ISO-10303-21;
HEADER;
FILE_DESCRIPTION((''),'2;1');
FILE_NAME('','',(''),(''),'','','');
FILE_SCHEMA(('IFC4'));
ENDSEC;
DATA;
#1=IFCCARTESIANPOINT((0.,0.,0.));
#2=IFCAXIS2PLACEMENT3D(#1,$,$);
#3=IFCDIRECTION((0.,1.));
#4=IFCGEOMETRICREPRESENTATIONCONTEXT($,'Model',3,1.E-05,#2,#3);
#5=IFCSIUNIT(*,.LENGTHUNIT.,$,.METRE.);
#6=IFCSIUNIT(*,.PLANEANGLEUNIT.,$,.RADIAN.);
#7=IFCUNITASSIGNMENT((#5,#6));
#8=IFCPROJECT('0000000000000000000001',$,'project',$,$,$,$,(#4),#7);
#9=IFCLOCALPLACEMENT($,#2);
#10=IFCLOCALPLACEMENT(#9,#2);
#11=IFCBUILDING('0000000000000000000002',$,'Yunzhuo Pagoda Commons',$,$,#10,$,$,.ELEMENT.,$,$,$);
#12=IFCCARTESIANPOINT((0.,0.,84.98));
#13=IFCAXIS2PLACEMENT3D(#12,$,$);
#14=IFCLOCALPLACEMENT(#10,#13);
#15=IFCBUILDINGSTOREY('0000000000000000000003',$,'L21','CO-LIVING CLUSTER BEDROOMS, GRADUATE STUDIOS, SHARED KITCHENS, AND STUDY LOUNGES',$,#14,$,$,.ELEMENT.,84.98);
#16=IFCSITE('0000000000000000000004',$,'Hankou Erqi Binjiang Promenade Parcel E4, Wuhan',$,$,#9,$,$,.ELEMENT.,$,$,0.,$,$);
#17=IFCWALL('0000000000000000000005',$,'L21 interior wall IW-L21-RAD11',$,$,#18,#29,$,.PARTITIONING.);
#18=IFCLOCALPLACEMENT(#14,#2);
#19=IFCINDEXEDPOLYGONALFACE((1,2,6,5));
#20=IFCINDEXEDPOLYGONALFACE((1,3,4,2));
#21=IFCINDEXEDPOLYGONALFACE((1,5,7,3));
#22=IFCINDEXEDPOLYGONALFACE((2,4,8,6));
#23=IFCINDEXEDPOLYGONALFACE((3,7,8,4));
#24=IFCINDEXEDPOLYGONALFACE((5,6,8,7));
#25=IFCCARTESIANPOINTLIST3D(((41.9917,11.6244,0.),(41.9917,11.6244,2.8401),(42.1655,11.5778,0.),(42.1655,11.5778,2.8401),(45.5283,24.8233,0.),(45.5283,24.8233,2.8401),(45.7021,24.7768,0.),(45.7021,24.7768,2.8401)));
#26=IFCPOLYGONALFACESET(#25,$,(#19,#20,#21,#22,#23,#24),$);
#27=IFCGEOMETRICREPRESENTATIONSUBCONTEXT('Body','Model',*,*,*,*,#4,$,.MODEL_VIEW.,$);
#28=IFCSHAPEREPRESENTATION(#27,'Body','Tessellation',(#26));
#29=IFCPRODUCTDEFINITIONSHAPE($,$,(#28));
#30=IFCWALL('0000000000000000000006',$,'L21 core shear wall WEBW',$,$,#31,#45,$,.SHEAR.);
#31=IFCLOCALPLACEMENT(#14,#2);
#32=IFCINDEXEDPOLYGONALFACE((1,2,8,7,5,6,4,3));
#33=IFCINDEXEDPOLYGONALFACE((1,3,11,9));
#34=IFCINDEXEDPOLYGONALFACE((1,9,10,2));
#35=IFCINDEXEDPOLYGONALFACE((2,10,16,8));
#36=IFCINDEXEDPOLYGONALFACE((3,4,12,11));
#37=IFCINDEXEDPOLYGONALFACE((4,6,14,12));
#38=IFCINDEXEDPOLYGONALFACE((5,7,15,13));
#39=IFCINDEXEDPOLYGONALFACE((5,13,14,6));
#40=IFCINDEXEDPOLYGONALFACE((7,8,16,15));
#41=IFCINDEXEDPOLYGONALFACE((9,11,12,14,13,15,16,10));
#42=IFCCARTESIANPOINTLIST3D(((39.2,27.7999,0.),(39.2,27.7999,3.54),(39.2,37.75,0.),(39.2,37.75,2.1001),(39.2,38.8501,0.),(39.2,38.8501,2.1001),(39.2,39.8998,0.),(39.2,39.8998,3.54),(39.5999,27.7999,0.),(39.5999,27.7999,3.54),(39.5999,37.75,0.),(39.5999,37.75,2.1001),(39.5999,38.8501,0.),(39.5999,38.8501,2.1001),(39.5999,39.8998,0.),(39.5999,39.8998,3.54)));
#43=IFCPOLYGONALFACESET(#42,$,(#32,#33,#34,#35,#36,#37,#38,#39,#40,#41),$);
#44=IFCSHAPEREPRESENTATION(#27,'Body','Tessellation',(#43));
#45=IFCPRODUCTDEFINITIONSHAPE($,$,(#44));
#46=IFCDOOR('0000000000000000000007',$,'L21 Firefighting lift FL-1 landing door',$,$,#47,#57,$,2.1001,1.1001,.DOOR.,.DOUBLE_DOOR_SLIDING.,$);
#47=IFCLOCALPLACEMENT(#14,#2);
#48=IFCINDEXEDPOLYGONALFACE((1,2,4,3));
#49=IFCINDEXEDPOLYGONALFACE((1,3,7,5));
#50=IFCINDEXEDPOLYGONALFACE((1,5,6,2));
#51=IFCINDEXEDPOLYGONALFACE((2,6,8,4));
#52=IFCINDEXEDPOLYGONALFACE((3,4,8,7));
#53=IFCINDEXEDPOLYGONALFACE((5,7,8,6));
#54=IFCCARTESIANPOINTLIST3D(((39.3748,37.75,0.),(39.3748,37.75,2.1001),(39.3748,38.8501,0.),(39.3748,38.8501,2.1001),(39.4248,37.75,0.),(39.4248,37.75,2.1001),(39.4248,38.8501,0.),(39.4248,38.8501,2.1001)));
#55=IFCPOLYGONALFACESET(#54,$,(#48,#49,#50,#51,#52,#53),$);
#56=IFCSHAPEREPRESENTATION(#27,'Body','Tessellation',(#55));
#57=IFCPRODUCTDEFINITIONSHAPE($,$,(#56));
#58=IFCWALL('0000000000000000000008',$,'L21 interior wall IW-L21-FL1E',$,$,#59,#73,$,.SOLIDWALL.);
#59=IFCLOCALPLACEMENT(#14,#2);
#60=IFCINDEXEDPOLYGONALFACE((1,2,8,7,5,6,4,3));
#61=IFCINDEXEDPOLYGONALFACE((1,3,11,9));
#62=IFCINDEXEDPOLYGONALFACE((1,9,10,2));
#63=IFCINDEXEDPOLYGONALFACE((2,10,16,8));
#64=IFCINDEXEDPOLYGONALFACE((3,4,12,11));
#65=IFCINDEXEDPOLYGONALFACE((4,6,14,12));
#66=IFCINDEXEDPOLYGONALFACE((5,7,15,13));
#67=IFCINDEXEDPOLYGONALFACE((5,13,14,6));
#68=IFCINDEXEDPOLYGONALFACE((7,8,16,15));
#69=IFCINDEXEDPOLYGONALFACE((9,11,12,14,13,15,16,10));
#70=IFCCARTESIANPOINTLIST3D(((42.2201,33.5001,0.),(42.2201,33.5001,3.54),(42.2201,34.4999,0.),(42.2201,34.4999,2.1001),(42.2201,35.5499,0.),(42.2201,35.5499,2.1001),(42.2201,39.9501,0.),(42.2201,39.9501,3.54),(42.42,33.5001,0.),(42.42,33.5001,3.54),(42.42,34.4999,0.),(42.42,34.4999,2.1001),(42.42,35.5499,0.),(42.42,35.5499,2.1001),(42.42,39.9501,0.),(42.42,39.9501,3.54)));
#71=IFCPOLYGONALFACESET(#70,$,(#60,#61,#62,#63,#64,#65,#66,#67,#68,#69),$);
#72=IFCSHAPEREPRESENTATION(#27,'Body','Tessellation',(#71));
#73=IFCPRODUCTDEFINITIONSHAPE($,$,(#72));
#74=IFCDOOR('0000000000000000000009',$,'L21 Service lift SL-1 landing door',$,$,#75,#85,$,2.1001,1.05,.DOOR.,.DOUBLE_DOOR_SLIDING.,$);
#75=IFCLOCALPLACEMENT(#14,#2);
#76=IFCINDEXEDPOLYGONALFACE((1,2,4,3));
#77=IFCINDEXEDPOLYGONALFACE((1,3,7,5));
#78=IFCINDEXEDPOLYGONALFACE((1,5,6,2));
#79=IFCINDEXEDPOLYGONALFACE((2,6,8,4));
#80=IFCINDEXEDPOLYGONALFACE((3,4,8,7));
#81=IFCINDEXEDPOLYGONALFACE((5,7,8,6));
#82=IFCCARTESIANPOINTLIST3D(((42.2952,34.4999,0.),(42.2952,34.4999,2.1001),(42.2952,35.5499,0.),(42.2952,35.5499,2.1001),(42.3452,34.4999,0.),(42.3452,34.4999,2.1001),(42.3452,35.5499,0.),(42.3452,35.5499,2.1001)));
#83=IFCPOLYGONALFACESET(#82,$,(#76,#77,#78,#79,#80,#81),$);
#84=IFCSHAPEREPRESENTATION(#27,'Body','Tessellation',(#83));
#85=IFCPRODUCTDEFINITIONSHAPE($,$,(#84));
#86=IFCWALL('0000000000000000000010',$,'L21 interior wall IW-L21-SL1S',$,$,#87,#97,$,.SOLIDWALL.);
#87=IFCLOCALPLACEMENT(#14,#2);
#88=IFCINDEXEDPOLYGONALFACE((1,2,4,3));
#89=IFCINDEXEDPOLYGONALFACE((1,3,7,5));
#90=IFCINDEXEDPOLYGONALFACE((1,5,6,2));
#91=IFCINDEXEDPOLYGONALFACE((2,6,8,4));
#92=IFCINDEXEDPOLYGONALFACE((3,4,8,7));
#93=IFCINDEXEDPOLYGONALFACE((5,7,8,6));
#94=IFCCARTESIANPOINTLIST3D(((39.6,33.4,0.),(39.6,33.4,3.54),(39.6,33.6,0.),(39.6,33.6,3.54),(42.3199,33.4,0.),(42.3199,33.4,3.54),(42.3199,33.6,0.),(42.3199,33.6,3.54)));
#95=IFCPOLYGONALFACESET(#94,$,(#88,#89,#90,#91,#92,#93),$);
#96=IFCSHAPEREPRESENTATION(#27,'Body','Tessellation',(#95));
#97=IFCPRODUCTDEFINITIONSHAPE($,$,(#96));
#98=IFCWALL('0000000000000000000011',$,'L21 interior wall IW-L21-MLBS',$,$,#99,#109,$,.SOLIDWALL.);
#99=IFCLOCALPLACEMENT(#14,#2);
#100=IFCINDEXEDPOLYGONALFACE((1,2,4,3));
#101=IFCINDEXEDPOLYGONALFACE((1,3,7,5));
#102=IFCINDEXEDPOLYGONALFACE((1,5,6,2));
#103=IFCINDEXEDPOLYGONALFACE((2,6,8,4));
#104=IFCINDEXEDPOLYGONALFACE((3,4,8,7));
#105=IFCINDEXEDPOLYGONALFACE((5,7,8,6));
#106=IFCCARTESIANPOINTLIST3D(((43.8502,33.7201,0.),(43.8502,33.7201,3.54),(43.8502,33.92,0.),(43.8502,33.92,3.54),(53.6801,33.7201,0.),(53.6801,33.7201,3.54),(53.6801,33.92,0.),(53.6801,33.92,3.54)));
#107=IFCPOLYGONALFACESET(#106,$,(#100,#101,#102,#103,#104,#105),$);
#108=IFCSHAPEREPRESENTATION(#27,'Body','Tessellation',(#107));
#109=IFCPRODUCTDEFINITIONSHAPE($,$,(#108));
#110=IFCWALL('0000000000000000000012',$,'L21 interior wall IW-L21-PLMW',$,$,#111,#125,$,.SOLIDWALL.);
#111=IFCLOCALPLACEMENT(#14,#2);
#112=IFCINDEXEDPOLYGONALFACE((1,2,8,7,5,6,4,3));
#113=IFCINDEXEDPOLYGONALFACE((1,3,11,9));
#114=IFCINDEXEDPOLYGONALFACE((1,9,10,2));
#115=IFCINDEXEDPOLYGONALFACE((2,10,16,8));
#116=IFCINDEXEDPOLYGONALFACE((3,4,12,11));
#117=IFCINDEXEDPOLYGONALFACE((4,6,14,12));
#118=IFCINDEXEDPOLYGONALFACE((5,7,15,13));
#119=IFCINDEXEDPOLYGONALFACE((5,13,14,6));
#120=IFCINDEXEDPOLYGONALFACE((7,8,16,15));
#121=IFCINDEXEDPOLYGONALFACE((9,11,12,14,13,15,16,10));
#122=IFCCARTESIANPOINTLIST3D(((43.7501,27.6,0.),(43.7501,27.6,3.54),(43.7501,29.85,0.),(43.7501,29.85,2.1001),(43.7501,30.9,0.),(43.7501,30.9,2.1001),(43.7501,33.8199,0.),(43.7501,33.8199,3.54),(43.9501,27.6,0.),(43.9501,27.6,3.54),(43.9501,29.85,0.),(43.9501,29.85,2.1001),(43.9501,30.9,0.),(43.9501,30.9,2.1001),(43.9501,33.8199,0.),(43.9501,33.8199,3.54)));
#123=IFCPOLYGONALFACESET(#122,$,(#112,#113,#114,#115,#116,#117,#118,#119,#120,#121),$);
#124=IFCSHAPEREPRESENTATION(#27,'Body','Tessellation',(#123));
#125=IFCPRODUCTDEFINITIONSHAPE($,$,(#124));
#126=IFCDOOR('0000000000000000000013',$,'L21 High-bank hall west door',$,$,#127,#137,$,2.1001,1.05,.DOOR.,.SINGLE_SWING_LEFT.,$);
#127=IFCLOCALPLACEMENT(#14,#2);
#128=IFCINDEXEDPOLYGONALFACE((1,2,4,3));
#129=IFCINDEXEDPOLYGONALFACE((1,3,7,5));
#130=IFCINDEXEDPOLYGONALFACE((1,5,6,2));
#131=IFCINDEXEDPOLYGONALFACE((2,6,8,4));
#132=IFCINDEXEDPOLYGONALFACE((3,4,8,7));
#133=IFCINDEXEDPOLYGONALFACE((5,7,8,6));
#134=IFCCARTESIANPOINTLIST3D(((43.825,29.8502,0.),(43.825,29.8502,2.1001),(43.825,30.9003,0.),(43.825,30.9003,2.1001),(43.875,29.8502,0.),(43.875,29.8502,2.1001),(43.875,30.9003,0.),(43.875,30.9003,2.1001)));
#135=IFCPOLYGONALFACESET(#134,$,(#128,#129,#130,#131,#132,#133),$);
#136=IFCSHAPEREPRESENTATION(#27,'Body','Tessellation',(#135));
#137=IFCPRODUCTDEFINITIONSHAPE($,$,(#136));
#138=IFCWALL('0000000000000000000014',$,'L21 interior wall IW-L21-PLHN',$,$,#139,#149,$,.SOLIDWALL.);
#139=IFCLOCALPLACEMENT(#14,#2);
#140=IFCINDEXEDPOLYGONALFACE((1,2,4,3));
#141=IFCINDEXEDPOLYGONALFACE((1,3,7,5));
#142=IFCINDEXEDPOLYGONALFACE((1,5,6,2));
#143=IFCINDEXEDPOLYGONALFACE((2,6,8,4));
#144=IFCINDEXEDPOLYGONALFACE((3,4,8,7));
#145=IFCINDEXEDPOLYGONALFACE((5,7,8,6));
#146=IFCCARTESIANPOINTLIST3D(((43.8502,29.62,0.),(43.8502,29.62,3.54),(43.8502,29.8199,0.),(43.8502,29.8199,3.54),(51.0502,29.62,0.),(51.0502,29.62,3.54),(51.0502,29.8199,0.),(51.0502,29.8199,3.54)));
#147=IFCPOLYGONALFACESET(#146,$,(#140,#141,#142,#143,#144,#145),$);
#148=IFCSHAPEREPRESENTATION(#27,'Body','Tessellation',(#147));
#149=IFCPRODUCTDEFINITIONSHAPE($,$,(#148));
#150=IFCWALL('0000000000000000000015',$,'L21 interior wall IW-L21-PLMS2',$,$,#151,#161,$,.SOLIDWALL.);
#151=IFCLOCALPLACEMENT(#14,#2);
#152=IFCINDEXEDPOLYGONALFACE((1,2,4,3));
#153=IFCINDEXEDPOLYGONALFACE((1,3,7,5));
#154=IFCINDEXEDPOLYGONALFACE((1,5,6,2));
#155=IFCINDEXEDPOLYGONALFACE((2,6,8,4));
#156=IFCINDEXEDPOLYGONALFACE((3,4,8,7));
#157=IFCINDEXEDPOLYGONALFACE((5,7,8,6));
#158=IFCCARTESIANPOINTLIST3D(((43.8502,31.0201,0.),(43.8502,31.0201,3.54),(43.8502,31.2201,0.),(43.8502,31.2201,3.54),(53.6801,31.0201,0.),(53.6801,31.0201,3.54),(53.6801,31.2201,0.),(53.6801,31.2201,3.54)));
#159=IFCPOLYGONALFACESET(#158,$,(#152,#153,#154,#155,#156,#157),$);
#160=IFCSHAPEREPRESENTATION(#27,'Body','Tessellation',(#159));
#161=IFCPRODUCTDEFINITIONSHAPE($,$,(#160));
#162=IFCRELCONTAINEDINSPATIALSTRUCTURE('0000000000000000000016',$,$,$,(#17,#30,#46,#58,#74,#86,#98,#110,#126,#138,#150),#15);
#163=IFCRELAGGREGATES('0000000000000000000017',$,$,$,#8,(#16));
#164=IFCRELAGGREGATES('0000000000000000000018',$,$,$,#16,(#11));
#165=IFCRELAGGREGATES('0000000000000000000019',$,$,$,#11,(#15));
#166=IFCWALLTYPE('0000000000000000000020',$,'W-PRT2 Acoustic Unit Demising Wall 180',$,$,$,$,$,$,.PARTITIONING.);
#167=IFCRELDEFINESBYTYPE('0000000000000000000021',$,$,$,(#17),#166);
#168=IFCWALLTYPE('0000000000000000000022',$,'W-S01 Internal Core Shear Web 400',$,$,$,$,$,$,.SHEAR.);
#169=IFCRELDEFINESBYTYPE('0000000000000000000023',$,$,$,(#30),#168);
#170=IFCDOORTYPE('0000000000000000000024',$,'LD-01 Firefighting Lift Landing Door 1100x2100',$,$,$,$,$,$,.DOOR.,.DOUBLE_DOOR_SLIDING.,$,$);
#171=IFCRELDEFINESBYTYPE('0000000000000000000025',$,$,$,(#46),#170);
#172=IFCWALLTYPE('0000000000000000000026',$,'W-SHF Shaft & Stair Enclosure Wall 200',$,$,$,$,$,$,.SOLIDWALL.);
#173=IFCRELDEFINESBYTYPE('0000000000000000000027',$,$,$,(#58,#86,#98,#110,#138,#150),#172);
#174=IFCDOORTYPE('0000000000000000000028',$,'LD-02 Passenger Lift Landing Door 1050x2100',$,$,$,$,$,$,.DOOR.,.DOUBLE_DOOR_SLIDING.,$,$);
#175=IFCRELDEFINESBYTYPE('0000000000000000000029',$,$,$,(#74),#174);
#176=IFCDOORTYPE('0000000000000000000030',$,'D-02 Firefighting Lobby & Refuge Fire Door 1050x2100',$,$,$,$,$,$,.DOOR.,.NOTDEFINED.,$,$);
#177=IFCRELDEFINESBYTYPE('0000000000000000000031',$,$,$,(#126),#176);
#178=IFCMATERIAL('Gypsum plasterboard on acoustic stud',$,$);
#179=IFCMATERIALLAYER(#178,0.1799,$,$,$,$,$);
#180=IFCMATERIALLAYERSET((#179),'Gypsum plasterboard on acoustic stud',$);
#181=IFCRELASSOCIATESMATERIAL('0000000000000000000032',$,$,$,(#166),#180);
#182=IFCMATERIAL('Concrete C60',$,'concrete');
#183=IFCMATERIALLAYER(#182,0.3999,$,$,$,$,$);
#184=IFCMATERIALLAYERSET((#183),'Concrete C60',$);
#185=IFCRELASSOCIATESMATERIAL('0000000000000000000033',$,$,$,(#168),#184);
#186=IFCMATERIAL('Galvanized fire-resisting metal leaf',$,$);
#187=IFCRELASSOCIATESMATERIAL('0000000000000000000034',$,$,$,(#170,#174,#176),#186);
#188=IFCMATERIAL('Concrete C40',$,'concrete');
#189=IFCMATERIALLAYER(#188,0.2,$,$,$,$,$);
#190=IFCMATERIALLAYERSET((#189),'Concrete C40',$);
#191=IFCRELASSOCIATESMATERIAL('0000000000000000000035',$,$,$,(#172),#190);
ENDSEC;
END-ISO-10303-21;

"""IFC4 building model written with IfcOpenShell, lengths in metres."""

from ifc_helpers import new_model, si_unit, direction, frame, frame_2d, origin, origin_with_axes, place, context, subcontext, project, spatial, rectangle, extrude, source, transform, mapped, material, layer, layer_set, type_object, element, fill, save


model = new_model("IFC4")

# Units and contexts
model_context = context("Model", 3, precision=1e-05, world=origin(), true_north=direction((0.0, 1.0)))
body_context = subcontext(model_context, "Body", "Model", "MODEL_VIEW")
ifc_project = project(units=[si_unit("LENGTHUNIT", "METRE"), si_unit("PLANEANGLEUNIT", "RADIAN")], contexts=[model_context])

# Site, building, storey
site_placement = place(None, origin())
site = spatial("IfcSite", under=ifc_project, at=site_placement, Name="Hankou Erqi Binjiang Promenade Parcel E4, Wuhan", CompositionType="ELEMENT", RefElevation=0.0)
building_placement = place(site_placement, origin())
building = spatial("IfcBuilding", under=site, at=building_placement, Name="Yunzhuo Pagoda Commons", CompositionType="ELEMENT")
storey_placement = place(building_placement, frame((0.0, 0.0, 84.98)))
storey = spatial("IfcBuildingStorey", under=building, at=storey_placement, Name="L21", Description="CO-LIVING CLUSTER BEDROOMS, GRADUATE STUDIOS, SHARED KITCHENS, AND STUDY LOUNGES", CompositionType="ELEMENT", Elevation=84.98)

# Shared definitions
ifc_material_1 = material(Name="Concrete C60", Category="concrete")

# Shared definitions
ifc_material_2 = material(Name="Gypsum plasterboard on acoustic stud")
ifc_material_3 = material(Name="Galvanized fire-resisting metal leaf")

# Wall
ifc_layer_1 = layer(ifc_material_2, 0.1799)
ifc_layer_set_1 = layer_set([ifc_layer_1], Name="Gypsum plasterboard on acoustic stud")
wall_type_1 = type_object("IfcWallType", Name="W-PRT2 Acoustic Unit Demising Wall 180", PredefinedType="PARTITIONING", material=ifc_layer_set_1)
wall_1_placement = place(storey_placement, frame((45.6152, 24.8, 0.0), z_axis=(0.0, 0.0, 1.0), x_axis=(-0.258817, -0.965926, 0.0)))
element("IfcWall", 1, at=wall_1_placement, inside=storey, type_object=wall_type_1, Name="L21 interior wall IW-L21-RAD11", PredefinedType="PARTITIONING", context=body_context, shape_type="SweptSolid", body=[
    extrude(rectangle(XDim=13.6646, YDim=0.1799, at=frame_2d((6.8323, 0.0))), origin(), (0.0, 0.0, 1.0), 2.8401),
])

# Walls, openings, doors
ifc_layer_2 = layer(ifc_material_1, 0.3999)
ifc_layer_set_2 = layer_set([ifc_layer_2], Name="Concrete C60")
wall_type_2 = type_object("IfcWallType", Name="W-S01 Internal Core Shear Web 400", PredefinedType="SHEAR", material=ifc_layer_set_2)
wall_2_placement = place(storey_placement, frame((39.3999, 27.8, 0.0), z_axis=(0.0, 0.0, 1.0), x_axis=(0.0, 1.0, 0.0)))
wall_2 = element("IfcWall", 2, at=wall_2_placement, inside=storey, type_object=wall_type_2, Name="L21 core shear wall WEBW", PredefinedType="SHEAR", context=body_context, shape_type="SweptSolid", body=[
    extrude(rectangle(XDim=12.0999, YDim=0.3999, at=frame_2d((6.0498, 0.0))), origin(), (0.0, 0.0, 1.0), 3.54),
])
opening_1_placement = place(wall_2_placement, frame((9.95, 0.0, 0.0)))
opening_1 = element("IfcOpeningElement", 3, at=opening_1_placement, cuts=wall_2, PredefinedType="OPENING", context=body_context, shape_type="SweptSolid", body=[
    extrude(rectangle(XDim=1.1001, YDim=2.1001, at=frame_2d((0.55, 1.05))), frame((0.0, 0.21, 0.0), z_axis=(0.0, -1.0, 0.0), x_axis=(1.0, 0.0, 0.0)), (0.0, 0.0, 1.0), 0.4199),
])
door_type_1 = type_object("IfcDoorType", Name="LD-01 Firefighting Lift Landing Door 1100x2100", OperationType="DOUBLE_DOOR_SLIDING", PredefinedType="DOOR", material=ifc_material_3)
shared_shape_1 = source(origin(), body_context, "Body", "SweptSolid", [
    extrude(rectangle(XDim=1.1001, YDim=2.1001, at=frame_2d((0.55, 1.05))), frame((0.0, 0.0249, 0.0), z_axis=(0.0, -1.0, 0.0), x_axis=(1.0, 0.0, 0.0)), (0.0, 0.0, 1.0), 0.05),
])
door_1_placement = place(opening_1_placement, frame((1.1001, 0.0, 0.0), z_axis=(0.0, 0.0, 1.0), x_axis=(-1.0, 0.0, 0.0)))
door_1 = element("IfcDoor", 4, at=door_1_placement, inside=storey, type_object=door_type_1, Name="L21 Firefighting lift FL-1 landing door", OperationType="DOUBLE_DOOR_SLIDING", OverallHeight=2.1001, OverallWidth=1.1001, PredefinedType="DOOR", context=body_context, shape_type="MappedRepresentation", body=[
    mapped(shared_shape_1, transform((0.0, 0.0, 0.0), scale=1.0)),
])
fill(opening_1, door_1)
ifc_material_4 = material(Name="Concrete C40", Category="concrete")
ifc_layer_3 = layer(ifc_material_4, 0.2)
ifc_layer_set_3 = layer_set([ifc_layer_3], Name="Concrete C40")
wall_type_3 = type_object("IfcWallType", Name="W-SHF Shaft & Stair Enclosure Wall 200", PredefinedType="SOLIDWALL", material=ifc_layer_set_3)
wall_3_placement = place(storey_placement, frame((42.3201, 33.5, 0.0), z_axis=(0.0, 0.0, 1.0), x_axis=(0.0, 1.0, 0.0)))
wall_3 = element("IfcWall", 5, at=wall_3_placement, inside=storey, type_object=wall_type_3, Name="L21 interior wall IW-L21-FL1E", PredefinedType="SOLIDWALL", context=body_context, shape_type="SweptSolid", body=[
    extrude(rectangle(XDim=6.45, YDim=0.2, at=frame_2d((3.2251, 0.0))), origin(), (0.0, 0.0, 1.0), 3.54),
])
opening_2_placement = place(wall_3_placement, frame((1.0, 0.0, 0.0)))
opening_2 = element("IfcOpeningElement", 6, at=opening_2_placement, cuts=wall_3, PredefinedType="OPENING", context=body_context, shape_type="SweptSolid", body=[
    extrude(rectangle(XDim=1.05, YDim=2.1001, at=frame_2d((0.5249, 1.05))), frame((0.0, 0.1099, 0.0), z_axis=(0.0, -1.0, 0.0), x_axis=(1.0, 0.0, 0.0)), (0.0, 0.0, 1.0), 0.22),
])
door_type_2 = type_object("IfcDoorType", Name="LD-02 Passenger Lift Landing Door 1050x2100", OperationType="DOUBLE_DOOR_SLIDING", PredefinedType="DOOR", material=ifc_material_3)
shared_shape_2 = source(origin(), body_context, "Body", "SweptSolid", [
    extrude(rectangle(XDim=1.05, YDim=2.1001, at=frame_2d((0.5249, 1.05))), frame((0.0, 0.0249, 0.0), z_axis=(0.0, -1.0, 0.0), x_axis=(1.0, 0.0, 0.0)), (0.0, 0.0, 1.0), 0.05),
])
door_2_placement = place(opening_2_placement, origin_with_axes())
door_2 = element("IfcDoor", 7, at=door_2_placement, inside=storey, type_object=door_type_2, Name="L21 Service lift SL-1 landing door", OperationType="DOUBLE_DOOR_SLIDING", OverallHeight=2.1001, OverallWidth=1.05, PredefinedType="DOOR", context=body_context, shape_type="MappedRepresentation", body=[
    mapped(shared_shape_2, transform((0.0, 0.0, 0.0), scale=1.0)),
])
fill(opening_2, door_2)

# Walls
wall_4_placement = place(storey_placement, frame((39.6001, 33.5, 0.0), z_axis=(0.0, 0.0, 1.0), x_axis=(1.0, 0.0, 0.0)))
element("IfcWall", 8, at=wall_4_placement, inside=storey, type_object=wall_type_3, Name="L21 interior wall IW-L21-SL1S", PredefinedType="SOLIDWALL", context=body_context, shape_type="SweptSolid", body=[
    extrude(rectangle(XDim=2.72, YDim=0.2, at=frame_2d((1.3599, 0.0))), origin(), (0.0, 0.0, 1.0), 3.54),
])
wall_5_placement = place(storey_placement, frame((43.8501, 33.8201, 0.0), z_axis=(0.0, 0.0, 1.0), x_axis=(1.0, 0.0, 0.0)))
element("IfcWall", 9, at=wall_5_placement, inside=storey, type_object=wall_type_3, Name="L21 interior wall IW-L21-MLBS", PredefinedType="SOLIDWALL", context=body_context, shape_type="SweptSolid", body=[
    extrude(rectangle(XDim=9.8298, YDim=0.2, at=frame_2d((4.915, 0.0))), origin(), (0.0, 0.0, 1.0), 3.54),
])

# Wall, opening, door
wall_6_placement = place(storey_placement, frame((43.8501, 27.6001, 0.0), z_axis=(0.0, 0.0, 1.0), x_axis=(0.0, 1.0, 0.0)))
wall_6 = element("IfcWall", 10, at=wall_6_placement, inside=storey, type_object=wall_type_3, Name="L21 interior wall IW-L21-PLMW", PredefinedType="SOLIDWALL", context=body_context, shape_type="SweptSolid", body=[
    extrude(rectangle(XDim=6.22, YDim=0.2, at=frame_2d((3.1099, 0.0))), origin(), (0.0, 0.0, 1.0), 3.54),
])
opening_3_placement = place(wall_6_placement, frame((2.25, 0.0, 0.0)))
opening_3 = element("IfcOpeningElement", 11, at=opening_3_placement, cuts=wall_6, PredefinedType="OPENING", context=body_context, shape_type="SweptSolid", body=[
    extrude(rectangle(XDim=1.05, YDim=2.1001, at=frame_2d((0.5249, 1.05))), frame((0.0, 0.1099, 0.0), z_axis=(0.0, -1.0, 0.0), x_axis=(1.0, 0.0, 0.0)), (0.0, 0.0, 1.0), 0.22),
])
door_type_3 = type_object("IfcDoorType", Name="D-02 Firefighting Lobby & Refuge Fire Door 1050x2100", OperationType="NOTDEFINED", PredefinedType="DOOR", material=ifc_material_3)
door_3_placement = place(opening_3_placement, frame((1.05, 0.0, 0.0), z_axis=(0.0, 0.0, 1.0), x_axis=(-1.0, 0.0, 0.0)))
door_3 = element("IfcDoor", 12, at=door_3_placement, inside=storey, type_object=door_type_3, Name="L21 High-bank hall west door", OperationType="SINGLE_SWING_LEFT", OverallHeight=2.1001, OverallWidth=1.05, PredefinedType="DOOR", context=body_context, shape_type="MappedRepresentation", body=[
    mapped(shared_shape_2, transform((0.0, 0.0, 0.0), scale=1.0)),
])
fill(opening_3, door_3)

# Walls
wall_7_placement = place(storey_placement, frame((43.8501, 29.72, 0.0), z_axis=(0.0, 0.0, 1.0), x_axis=(1.0, 0.0, 0.0)))
element("IfcWall", 13, at=wall_7_placement, inside=storey, type_object=wall_type_3, Name="L21 interior wall IW-L21-PLHN", PredefinedType="SOLIDWALL", context=body_context, shape_type="SweptSolid", body=[
    extrude(rectangle(XDim=7.2, YDim=0.2, at=frame_2d((3.6001, 0.0))), origin(), (0.0, 0.0, 1.0), 3.54),
])
wall_8_placement = place(storey_placement, frame((43.8501, 31.1201, 0.0), z_axis=(0.0, 0.0, 1.0), x_axis=(1.0, 0.0, 0.0)))
element("IfcWall", 14, at=wall_8_placement, inside=storey, type_object=wall_type_3, Name="L21 interior wall IW-L21-PLMS2", PredefinedType="SOLIDWALL", context=body_context, shape_type="SweptSolid", body=[
    extrude(rectangle(XDim=9.8298, YDim=0.2, at=frame_2d((4.915, 0.0))), origin(), (0.0, 0.0, 1.0), 3.54),
])

save(model, "model.ifc")
